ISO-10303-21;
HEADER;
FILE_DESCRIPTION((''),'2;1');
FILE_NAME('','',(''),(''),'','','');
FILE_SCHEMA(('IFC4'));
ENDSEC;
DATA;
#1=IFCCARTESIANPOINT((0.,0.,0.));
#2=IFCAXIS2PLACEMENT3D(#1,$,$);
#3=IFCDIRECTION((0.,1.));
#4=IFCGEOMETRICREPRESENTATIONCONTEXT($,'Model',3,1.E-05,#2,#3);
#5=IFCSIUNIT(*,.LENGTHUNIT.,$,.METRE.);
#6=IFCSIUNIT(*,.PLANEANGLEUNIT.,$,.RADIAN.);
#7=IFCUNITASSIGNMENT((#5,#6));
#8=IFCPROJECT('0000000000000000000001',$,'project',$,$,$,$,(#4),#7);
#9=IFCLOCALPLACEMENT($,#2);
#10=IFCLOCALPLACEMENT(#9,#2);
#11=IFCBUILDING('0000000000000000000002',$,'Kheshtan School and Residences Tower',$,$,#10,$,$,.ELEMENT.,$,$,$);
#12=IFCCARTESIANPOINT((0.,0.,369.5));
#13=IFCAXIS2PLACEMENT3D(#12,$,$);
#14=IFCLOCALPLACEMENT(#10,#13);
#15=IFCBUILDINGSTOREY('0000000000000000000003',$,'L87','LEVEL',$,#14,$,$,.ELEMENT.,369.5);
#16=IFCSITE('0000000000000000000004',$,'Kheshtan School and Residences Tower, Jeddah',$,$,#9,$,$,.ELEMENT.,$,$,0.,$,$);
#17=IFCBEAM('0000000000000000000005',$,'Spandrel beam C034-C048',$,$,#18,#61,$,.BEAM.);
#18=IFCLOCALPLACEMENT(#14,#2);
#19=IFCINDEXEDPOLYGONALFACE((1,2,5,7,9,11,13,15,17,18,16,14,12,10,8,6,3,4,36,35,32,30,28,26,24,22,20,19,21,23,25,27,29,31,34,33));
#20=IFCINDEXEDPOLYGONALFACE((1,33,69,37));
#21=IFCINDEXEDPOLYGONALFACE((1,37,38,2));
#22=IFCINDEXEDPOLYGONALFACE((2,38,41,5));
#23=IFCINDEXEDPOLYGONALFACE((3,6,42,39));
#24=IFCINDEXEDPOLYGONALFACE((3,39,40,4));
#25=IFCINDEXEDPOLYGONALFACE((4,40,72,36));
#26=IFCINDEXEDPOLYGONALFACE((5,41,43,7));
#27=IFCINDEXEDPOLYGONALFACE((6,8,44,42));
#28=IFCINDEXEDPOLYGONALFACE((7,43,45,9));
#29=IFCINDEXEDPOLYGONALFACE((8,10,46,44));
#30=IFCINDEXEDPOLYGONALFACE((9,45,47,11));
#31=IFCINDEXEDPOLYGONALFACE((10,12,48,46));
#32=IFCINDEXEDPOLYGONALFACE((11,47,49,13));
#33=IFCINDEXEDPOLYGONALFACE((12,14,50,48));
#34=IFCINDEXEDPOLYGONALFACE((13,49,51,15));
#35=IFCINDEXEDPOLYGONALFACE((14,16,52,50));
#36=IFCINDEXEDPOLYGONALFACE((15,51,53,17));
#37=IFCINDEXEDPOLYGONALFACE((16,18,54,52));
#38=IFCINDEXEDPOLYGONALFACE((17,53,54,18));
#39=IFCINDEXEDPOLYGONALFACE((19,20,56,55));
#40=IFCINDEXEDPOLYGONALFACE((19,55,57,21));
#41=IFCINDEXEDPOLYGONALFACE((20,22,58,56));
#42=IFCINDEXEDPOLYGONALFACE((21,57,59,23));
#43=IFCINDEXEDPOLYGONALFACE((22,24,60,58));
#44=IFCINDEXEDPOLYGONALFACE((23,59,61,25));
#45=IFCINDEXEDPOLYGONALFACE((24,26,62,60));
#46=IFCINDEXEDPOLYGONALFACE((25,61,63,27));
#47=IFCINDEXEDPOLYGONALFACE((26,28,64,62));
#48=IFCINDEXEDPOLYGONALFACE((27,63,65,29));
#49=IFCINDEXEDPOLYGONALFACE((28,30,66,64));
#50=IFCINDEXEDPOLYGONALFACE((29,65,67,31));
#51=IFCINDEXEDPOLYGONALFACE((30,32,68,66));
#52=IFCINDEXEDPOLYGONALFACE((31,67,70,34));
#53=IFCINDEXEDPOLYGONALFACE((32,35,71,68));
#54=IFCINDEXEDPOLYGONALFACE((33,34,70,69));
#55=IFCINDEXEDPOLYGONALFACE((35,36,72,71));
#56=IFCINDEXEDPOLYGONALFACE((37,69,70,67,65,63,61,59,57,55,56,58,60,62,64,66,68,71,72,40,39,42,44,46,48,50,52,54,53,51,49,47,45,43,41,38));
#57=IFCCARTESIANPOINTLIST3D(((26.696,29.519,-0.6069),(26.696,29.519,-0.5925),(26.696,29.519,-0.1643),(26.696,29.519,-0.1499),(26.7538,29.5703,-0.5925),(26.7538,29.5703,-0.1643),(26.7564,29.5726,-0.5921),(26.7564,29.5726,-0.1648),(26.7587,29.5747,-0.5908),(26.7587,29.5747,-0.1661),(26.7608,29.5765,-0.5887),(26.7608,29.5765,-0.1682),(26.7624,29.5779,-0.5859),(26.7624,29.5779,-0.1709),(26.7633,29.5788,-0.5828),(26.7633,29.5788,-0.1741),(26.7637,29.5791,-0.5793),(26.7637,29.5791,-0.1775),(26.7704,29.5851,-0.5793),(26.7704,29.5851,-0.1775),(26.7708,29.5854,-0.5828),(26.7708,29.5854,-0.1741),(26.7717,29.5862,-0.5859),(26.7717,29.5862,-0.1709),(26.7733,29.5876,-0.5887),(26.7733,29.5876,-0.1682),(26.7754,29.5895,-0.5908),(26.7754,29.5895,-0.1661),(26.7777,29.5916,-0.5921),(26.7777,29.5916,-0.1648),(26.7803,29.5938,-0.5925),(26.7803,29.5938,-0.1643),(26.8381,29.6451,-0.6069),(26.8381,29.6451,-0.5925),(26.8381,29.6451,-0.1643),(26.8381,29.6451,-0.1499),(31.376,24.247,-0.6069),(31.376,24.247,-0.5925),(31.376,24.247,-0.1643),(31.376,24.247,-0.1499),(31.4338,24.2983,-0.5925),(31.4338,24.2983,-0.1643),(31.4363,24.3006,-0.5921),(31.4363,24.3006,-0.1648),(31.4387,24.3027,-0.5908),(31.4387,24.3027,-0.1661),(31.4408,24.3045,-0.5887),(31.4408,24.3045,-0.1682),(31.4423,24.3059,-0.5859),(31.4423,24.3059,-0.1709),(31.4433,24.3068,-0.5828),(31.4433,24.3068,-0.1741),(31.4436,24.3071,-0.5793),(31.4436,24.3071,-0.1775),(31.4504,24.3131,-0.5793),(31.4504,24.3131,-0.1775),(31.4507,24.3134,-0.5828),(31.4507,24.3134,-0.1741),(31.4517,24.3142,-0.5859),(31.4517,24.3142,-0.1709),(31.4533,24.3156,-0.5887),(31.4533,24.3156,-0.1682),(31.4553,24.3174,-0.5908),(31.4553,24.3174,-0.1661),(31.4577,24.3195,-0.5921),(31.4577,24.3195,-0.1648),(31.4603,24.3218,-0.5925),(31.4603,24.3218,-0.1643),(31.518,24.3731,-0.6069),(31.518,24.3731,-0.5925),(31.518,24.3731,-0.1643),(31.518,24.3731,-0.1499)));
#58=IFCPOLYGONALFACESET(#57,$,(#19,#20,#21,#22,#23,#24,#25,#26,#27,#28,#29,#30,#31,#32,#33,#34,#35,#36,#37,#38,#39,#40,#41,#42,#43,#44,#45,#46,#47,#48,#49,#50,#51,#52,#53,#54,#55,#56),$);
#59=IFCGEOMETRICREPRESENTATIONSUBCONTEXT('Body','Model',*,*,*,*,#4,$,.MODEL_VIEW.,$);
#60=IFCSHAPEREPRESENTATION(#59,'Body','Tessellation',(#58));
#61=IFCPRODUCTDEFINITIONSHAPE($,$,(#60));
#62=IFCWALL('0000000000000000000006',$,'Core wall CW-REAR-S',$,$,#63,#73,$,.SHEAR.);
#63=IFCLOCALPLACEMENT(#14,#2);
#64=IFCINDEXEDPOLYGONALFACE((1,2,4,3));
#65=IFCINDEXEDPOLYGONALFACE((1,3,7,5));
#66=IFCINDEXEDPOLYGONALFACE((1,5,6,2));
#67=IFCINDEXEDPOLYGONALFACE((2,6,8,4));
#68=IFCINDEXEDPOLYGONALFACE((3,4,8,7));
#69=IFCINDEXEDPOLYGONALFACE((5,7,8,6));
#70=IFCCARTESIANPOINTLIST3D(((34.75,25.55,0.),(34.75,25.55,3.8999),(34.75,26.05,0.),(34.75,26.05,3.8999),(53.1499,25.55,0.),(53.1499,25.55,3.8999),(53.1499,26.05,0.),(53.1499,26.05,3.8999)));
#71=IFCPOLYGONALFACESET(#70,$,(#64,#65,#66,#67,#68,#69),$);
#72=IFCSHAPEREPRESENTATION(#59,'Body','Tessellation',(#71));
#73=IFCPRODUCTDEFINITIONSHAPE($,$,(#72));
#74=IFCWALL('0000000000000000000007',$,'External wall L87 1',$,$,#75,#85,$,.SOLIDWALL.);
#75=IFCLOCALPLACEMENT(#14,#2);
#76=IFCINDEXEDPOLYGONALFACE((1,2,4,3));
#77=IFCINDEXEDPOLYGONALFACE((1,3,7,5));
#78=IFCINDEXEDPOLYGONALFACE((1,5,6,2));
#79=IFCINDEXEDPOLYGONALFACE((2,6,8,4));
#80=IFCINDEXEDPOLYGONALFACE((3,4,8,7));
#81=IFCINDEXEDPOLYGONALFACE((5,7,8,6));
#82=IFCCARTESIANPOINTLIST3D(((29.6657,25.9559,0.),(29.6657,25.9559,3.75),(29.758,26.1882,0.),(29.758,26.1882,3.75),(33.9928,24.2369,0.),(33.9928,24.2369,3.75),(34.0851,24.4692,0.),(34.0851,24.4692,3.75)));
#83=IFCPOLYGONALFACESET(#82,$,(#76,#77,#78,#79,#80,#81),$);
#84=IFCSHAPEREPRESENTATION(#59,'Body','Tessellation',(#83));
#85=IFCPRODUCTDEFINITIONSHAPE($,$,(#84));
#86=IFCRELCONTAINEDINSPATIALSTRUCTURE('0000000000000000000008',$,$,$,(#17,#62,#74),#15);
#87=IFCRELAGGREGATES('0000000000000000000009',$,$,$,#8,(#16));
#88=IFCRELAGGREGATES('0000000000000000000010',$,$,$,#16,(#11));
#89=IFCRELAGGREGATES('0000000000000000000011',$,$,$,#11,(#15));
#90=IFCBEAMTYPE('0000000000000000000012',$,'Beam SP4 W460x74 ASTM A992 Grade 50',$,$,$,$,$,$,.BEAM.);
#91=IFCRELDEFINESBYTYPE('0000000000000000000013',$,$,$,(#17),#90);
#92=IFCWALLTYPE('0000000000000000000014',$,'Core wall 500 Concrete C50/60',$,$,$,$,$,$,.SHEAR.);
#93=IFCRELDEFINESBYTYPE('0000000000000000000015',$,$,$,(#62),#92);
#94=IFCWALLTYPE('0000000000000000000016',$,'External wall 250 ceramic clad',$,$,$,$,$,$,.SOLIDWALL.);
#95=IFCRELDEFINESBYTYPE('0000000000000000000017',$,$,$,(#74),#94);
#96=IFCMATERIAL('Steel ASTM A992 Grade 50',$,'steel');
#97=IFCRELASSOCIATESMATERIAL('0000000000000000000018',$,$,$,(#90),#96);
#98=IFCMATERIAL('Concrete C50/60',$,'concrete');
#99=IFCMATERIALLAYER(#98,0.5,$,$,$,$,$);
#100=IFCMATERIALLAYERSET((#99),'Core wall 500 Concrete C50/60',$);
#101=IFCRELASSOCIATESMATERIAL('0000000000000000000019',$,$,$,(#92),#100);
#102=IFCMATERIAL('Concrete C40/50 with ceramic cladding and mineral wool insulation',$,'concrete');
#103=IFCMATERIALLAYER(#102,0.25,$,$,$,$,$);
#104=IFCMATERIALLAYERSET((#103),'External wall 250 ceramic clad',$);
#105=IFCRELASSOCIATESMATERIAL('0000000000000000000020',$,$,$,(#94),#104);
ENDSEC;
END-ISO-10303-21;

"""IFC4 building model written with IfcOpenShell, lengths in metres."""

from ifc_helpers import new_model, si_unit, direction, frame, frame_2d, origin, origin_2d, place, context, subcontext, project, spatial, rectangle, i_section, extrude, material, layer, layer_set, material_profile, profile_set, type_object, element, save


model = new_model("IFC4")

# Units and contexts
model_context = context("Model", 3, precision=1e-05, world=origin(), true_north=direction((0.0, 1.0)))
body_context = subcontext(model_context, "Body", "Model", "MODEL_VIEW")
ifc_project = project(units=[si_unit("LENGTHUNIT", "METRE"), si_unit("PLANEANGLEUNIT", "RADIAN")], contexts=[model_context])

# Site, building, storey
site_placement = place(None, origin())
site = spatial("IfcSite", under=ifc_project, at=site_placement, Name="Kheshtan School and Residences Tower, Jeddah", CompositionType="ELEMENT", RefElevation=0.0)
building_placement = place(site_placement, origin())
building = spatial("IfcBuilding", under=site, at=building_placement, Name="Kheshtan School and Residences Tower", CompositionType="ELEMENT")
storey_placement = place(building_placement, frame((0.0, 0.0, 369.5)))
storey = spatial("IfcBuildingStorey", under=building, at=storey_placement, Name="L87", Description="LEVEL", CompositionType="ELEMENT", Elevation=369.5)

# Shared definitions
ifc_material_1 = material(Name="Steel ASTM A992 Grade 50", Category="steel")

# Beam
ifc_material_profile_1 = material_profile(ifc_material_1, i_section(OverallWidth=0.1899, OverallDepth=0.457, WebThickness=0.009, FlangeThickness=0.0144, FilletRadius=0.0132, at=origin_2d()), Name="W460x74")
ifc_profile_set_1 = profile_set([ifc_material_profile_1], Name="Steel ASTM A992 Grade 50")
beam_type_1 = type_object("IfcBeamType", Name="Beam SP4 W460x74 ASTM A992 Grade 50", PredefinedType="BEAM", material=ifc_profile_set_1)
beam_1_placement = place(storey_placement, frame((31.447, 24.3101, -0.3784), z_axis=(-0.663867, 0.747851, 0.0), x_axis=(-0.747851, -0.663867, 0.0)))
element("IfcBeam", 1, at=beam_1_placement, inside=storey, type_object=beam_type_1, Name="Spandrel beam C034-C048", PredefinedType="BEAM", context=body_context, shape_type="SweptSolid", body=[
    extrude(i_section(OverallWidth=0.1899, OverallDepth=0.457, WebThickness=0.009, FlangeThickness=0.0144, FilletRadius=0.0132, at=origin_2d()), origin(), (0.0, 0.0, 1.0), 7.0496),
])

# Walls
ifc_material_2 = material(Name="Concrete C50/60", Category="concrete")
ifc_layer_1 = layer(ifc_material_2, 0.5)
ifc_layer_set_1 = layer_set([ifc_layer_1], Name="Core wall 500 Concrete C50/60")
wall_type_1 = type_object("IfcWallType", Name="Core wall 500 Concrete C50/60", PredefinedType="SHEAR", material=ifc_layer_set_1)
wall_1_placement = place(storey_placement, frame((34.75, 25.8, 0.0), z_axis=(0.0, 0.0, 1.0), x_axis=(1.0, 0.0, 0.0)))
element("IfcWall", 2, at=wall_1_placement, inside=storey, type_object=wall_type_1, Name="Core wall CW-REAR-S", PredefinedType="SHEAR", context=body_context, shape_type="SweptSolid", body=[
    extrude(rectangle(XDim=18.3999, YDim=0.5, at=frame_2d((9.2, 0.0))), origin(), (0.0, 0.0, 1.0), 3.8999),
])
ifc_material_3 = material(Name="Concrete C40/50 with ceramic cladding and mineral wool insulation", Category="concrete")
ifc_layer_2 = layer(ifc_material_3, 0.25)
ifc_layer_set_2 = layer_set([ifc_layer_2], Name="External wall 250 ceramic clad")
wall_type_2 = type_object("IfcWallType", Name="External wall 250 ceramic clad", PredefinedType="SOLIDWALL", material=ifc_layer_set_2)
wall_2_placement = place(storey_placement, frame((34.0391, 24.353, 0.0), z_axis=(0.0, 0.0, 1.0), x_axis=(-0.929353, 0.369193, 0.0)))
element("IfcWall", 3, at=wall_2_placement, inside=storey, type_object=wall_type_2, Name="External wall L87 1", PredefinedType="SOLIDWALL", context=body_context, shape_type="SweptSolid", body=[
    extrude(rectangle(XDim=4.656, YDim=0.25, at=frame_2d((2.3281, 0.0))), origin(), (0.0, 0.0, 1.0), 3.75),
])

save(model, "model.ifc")
